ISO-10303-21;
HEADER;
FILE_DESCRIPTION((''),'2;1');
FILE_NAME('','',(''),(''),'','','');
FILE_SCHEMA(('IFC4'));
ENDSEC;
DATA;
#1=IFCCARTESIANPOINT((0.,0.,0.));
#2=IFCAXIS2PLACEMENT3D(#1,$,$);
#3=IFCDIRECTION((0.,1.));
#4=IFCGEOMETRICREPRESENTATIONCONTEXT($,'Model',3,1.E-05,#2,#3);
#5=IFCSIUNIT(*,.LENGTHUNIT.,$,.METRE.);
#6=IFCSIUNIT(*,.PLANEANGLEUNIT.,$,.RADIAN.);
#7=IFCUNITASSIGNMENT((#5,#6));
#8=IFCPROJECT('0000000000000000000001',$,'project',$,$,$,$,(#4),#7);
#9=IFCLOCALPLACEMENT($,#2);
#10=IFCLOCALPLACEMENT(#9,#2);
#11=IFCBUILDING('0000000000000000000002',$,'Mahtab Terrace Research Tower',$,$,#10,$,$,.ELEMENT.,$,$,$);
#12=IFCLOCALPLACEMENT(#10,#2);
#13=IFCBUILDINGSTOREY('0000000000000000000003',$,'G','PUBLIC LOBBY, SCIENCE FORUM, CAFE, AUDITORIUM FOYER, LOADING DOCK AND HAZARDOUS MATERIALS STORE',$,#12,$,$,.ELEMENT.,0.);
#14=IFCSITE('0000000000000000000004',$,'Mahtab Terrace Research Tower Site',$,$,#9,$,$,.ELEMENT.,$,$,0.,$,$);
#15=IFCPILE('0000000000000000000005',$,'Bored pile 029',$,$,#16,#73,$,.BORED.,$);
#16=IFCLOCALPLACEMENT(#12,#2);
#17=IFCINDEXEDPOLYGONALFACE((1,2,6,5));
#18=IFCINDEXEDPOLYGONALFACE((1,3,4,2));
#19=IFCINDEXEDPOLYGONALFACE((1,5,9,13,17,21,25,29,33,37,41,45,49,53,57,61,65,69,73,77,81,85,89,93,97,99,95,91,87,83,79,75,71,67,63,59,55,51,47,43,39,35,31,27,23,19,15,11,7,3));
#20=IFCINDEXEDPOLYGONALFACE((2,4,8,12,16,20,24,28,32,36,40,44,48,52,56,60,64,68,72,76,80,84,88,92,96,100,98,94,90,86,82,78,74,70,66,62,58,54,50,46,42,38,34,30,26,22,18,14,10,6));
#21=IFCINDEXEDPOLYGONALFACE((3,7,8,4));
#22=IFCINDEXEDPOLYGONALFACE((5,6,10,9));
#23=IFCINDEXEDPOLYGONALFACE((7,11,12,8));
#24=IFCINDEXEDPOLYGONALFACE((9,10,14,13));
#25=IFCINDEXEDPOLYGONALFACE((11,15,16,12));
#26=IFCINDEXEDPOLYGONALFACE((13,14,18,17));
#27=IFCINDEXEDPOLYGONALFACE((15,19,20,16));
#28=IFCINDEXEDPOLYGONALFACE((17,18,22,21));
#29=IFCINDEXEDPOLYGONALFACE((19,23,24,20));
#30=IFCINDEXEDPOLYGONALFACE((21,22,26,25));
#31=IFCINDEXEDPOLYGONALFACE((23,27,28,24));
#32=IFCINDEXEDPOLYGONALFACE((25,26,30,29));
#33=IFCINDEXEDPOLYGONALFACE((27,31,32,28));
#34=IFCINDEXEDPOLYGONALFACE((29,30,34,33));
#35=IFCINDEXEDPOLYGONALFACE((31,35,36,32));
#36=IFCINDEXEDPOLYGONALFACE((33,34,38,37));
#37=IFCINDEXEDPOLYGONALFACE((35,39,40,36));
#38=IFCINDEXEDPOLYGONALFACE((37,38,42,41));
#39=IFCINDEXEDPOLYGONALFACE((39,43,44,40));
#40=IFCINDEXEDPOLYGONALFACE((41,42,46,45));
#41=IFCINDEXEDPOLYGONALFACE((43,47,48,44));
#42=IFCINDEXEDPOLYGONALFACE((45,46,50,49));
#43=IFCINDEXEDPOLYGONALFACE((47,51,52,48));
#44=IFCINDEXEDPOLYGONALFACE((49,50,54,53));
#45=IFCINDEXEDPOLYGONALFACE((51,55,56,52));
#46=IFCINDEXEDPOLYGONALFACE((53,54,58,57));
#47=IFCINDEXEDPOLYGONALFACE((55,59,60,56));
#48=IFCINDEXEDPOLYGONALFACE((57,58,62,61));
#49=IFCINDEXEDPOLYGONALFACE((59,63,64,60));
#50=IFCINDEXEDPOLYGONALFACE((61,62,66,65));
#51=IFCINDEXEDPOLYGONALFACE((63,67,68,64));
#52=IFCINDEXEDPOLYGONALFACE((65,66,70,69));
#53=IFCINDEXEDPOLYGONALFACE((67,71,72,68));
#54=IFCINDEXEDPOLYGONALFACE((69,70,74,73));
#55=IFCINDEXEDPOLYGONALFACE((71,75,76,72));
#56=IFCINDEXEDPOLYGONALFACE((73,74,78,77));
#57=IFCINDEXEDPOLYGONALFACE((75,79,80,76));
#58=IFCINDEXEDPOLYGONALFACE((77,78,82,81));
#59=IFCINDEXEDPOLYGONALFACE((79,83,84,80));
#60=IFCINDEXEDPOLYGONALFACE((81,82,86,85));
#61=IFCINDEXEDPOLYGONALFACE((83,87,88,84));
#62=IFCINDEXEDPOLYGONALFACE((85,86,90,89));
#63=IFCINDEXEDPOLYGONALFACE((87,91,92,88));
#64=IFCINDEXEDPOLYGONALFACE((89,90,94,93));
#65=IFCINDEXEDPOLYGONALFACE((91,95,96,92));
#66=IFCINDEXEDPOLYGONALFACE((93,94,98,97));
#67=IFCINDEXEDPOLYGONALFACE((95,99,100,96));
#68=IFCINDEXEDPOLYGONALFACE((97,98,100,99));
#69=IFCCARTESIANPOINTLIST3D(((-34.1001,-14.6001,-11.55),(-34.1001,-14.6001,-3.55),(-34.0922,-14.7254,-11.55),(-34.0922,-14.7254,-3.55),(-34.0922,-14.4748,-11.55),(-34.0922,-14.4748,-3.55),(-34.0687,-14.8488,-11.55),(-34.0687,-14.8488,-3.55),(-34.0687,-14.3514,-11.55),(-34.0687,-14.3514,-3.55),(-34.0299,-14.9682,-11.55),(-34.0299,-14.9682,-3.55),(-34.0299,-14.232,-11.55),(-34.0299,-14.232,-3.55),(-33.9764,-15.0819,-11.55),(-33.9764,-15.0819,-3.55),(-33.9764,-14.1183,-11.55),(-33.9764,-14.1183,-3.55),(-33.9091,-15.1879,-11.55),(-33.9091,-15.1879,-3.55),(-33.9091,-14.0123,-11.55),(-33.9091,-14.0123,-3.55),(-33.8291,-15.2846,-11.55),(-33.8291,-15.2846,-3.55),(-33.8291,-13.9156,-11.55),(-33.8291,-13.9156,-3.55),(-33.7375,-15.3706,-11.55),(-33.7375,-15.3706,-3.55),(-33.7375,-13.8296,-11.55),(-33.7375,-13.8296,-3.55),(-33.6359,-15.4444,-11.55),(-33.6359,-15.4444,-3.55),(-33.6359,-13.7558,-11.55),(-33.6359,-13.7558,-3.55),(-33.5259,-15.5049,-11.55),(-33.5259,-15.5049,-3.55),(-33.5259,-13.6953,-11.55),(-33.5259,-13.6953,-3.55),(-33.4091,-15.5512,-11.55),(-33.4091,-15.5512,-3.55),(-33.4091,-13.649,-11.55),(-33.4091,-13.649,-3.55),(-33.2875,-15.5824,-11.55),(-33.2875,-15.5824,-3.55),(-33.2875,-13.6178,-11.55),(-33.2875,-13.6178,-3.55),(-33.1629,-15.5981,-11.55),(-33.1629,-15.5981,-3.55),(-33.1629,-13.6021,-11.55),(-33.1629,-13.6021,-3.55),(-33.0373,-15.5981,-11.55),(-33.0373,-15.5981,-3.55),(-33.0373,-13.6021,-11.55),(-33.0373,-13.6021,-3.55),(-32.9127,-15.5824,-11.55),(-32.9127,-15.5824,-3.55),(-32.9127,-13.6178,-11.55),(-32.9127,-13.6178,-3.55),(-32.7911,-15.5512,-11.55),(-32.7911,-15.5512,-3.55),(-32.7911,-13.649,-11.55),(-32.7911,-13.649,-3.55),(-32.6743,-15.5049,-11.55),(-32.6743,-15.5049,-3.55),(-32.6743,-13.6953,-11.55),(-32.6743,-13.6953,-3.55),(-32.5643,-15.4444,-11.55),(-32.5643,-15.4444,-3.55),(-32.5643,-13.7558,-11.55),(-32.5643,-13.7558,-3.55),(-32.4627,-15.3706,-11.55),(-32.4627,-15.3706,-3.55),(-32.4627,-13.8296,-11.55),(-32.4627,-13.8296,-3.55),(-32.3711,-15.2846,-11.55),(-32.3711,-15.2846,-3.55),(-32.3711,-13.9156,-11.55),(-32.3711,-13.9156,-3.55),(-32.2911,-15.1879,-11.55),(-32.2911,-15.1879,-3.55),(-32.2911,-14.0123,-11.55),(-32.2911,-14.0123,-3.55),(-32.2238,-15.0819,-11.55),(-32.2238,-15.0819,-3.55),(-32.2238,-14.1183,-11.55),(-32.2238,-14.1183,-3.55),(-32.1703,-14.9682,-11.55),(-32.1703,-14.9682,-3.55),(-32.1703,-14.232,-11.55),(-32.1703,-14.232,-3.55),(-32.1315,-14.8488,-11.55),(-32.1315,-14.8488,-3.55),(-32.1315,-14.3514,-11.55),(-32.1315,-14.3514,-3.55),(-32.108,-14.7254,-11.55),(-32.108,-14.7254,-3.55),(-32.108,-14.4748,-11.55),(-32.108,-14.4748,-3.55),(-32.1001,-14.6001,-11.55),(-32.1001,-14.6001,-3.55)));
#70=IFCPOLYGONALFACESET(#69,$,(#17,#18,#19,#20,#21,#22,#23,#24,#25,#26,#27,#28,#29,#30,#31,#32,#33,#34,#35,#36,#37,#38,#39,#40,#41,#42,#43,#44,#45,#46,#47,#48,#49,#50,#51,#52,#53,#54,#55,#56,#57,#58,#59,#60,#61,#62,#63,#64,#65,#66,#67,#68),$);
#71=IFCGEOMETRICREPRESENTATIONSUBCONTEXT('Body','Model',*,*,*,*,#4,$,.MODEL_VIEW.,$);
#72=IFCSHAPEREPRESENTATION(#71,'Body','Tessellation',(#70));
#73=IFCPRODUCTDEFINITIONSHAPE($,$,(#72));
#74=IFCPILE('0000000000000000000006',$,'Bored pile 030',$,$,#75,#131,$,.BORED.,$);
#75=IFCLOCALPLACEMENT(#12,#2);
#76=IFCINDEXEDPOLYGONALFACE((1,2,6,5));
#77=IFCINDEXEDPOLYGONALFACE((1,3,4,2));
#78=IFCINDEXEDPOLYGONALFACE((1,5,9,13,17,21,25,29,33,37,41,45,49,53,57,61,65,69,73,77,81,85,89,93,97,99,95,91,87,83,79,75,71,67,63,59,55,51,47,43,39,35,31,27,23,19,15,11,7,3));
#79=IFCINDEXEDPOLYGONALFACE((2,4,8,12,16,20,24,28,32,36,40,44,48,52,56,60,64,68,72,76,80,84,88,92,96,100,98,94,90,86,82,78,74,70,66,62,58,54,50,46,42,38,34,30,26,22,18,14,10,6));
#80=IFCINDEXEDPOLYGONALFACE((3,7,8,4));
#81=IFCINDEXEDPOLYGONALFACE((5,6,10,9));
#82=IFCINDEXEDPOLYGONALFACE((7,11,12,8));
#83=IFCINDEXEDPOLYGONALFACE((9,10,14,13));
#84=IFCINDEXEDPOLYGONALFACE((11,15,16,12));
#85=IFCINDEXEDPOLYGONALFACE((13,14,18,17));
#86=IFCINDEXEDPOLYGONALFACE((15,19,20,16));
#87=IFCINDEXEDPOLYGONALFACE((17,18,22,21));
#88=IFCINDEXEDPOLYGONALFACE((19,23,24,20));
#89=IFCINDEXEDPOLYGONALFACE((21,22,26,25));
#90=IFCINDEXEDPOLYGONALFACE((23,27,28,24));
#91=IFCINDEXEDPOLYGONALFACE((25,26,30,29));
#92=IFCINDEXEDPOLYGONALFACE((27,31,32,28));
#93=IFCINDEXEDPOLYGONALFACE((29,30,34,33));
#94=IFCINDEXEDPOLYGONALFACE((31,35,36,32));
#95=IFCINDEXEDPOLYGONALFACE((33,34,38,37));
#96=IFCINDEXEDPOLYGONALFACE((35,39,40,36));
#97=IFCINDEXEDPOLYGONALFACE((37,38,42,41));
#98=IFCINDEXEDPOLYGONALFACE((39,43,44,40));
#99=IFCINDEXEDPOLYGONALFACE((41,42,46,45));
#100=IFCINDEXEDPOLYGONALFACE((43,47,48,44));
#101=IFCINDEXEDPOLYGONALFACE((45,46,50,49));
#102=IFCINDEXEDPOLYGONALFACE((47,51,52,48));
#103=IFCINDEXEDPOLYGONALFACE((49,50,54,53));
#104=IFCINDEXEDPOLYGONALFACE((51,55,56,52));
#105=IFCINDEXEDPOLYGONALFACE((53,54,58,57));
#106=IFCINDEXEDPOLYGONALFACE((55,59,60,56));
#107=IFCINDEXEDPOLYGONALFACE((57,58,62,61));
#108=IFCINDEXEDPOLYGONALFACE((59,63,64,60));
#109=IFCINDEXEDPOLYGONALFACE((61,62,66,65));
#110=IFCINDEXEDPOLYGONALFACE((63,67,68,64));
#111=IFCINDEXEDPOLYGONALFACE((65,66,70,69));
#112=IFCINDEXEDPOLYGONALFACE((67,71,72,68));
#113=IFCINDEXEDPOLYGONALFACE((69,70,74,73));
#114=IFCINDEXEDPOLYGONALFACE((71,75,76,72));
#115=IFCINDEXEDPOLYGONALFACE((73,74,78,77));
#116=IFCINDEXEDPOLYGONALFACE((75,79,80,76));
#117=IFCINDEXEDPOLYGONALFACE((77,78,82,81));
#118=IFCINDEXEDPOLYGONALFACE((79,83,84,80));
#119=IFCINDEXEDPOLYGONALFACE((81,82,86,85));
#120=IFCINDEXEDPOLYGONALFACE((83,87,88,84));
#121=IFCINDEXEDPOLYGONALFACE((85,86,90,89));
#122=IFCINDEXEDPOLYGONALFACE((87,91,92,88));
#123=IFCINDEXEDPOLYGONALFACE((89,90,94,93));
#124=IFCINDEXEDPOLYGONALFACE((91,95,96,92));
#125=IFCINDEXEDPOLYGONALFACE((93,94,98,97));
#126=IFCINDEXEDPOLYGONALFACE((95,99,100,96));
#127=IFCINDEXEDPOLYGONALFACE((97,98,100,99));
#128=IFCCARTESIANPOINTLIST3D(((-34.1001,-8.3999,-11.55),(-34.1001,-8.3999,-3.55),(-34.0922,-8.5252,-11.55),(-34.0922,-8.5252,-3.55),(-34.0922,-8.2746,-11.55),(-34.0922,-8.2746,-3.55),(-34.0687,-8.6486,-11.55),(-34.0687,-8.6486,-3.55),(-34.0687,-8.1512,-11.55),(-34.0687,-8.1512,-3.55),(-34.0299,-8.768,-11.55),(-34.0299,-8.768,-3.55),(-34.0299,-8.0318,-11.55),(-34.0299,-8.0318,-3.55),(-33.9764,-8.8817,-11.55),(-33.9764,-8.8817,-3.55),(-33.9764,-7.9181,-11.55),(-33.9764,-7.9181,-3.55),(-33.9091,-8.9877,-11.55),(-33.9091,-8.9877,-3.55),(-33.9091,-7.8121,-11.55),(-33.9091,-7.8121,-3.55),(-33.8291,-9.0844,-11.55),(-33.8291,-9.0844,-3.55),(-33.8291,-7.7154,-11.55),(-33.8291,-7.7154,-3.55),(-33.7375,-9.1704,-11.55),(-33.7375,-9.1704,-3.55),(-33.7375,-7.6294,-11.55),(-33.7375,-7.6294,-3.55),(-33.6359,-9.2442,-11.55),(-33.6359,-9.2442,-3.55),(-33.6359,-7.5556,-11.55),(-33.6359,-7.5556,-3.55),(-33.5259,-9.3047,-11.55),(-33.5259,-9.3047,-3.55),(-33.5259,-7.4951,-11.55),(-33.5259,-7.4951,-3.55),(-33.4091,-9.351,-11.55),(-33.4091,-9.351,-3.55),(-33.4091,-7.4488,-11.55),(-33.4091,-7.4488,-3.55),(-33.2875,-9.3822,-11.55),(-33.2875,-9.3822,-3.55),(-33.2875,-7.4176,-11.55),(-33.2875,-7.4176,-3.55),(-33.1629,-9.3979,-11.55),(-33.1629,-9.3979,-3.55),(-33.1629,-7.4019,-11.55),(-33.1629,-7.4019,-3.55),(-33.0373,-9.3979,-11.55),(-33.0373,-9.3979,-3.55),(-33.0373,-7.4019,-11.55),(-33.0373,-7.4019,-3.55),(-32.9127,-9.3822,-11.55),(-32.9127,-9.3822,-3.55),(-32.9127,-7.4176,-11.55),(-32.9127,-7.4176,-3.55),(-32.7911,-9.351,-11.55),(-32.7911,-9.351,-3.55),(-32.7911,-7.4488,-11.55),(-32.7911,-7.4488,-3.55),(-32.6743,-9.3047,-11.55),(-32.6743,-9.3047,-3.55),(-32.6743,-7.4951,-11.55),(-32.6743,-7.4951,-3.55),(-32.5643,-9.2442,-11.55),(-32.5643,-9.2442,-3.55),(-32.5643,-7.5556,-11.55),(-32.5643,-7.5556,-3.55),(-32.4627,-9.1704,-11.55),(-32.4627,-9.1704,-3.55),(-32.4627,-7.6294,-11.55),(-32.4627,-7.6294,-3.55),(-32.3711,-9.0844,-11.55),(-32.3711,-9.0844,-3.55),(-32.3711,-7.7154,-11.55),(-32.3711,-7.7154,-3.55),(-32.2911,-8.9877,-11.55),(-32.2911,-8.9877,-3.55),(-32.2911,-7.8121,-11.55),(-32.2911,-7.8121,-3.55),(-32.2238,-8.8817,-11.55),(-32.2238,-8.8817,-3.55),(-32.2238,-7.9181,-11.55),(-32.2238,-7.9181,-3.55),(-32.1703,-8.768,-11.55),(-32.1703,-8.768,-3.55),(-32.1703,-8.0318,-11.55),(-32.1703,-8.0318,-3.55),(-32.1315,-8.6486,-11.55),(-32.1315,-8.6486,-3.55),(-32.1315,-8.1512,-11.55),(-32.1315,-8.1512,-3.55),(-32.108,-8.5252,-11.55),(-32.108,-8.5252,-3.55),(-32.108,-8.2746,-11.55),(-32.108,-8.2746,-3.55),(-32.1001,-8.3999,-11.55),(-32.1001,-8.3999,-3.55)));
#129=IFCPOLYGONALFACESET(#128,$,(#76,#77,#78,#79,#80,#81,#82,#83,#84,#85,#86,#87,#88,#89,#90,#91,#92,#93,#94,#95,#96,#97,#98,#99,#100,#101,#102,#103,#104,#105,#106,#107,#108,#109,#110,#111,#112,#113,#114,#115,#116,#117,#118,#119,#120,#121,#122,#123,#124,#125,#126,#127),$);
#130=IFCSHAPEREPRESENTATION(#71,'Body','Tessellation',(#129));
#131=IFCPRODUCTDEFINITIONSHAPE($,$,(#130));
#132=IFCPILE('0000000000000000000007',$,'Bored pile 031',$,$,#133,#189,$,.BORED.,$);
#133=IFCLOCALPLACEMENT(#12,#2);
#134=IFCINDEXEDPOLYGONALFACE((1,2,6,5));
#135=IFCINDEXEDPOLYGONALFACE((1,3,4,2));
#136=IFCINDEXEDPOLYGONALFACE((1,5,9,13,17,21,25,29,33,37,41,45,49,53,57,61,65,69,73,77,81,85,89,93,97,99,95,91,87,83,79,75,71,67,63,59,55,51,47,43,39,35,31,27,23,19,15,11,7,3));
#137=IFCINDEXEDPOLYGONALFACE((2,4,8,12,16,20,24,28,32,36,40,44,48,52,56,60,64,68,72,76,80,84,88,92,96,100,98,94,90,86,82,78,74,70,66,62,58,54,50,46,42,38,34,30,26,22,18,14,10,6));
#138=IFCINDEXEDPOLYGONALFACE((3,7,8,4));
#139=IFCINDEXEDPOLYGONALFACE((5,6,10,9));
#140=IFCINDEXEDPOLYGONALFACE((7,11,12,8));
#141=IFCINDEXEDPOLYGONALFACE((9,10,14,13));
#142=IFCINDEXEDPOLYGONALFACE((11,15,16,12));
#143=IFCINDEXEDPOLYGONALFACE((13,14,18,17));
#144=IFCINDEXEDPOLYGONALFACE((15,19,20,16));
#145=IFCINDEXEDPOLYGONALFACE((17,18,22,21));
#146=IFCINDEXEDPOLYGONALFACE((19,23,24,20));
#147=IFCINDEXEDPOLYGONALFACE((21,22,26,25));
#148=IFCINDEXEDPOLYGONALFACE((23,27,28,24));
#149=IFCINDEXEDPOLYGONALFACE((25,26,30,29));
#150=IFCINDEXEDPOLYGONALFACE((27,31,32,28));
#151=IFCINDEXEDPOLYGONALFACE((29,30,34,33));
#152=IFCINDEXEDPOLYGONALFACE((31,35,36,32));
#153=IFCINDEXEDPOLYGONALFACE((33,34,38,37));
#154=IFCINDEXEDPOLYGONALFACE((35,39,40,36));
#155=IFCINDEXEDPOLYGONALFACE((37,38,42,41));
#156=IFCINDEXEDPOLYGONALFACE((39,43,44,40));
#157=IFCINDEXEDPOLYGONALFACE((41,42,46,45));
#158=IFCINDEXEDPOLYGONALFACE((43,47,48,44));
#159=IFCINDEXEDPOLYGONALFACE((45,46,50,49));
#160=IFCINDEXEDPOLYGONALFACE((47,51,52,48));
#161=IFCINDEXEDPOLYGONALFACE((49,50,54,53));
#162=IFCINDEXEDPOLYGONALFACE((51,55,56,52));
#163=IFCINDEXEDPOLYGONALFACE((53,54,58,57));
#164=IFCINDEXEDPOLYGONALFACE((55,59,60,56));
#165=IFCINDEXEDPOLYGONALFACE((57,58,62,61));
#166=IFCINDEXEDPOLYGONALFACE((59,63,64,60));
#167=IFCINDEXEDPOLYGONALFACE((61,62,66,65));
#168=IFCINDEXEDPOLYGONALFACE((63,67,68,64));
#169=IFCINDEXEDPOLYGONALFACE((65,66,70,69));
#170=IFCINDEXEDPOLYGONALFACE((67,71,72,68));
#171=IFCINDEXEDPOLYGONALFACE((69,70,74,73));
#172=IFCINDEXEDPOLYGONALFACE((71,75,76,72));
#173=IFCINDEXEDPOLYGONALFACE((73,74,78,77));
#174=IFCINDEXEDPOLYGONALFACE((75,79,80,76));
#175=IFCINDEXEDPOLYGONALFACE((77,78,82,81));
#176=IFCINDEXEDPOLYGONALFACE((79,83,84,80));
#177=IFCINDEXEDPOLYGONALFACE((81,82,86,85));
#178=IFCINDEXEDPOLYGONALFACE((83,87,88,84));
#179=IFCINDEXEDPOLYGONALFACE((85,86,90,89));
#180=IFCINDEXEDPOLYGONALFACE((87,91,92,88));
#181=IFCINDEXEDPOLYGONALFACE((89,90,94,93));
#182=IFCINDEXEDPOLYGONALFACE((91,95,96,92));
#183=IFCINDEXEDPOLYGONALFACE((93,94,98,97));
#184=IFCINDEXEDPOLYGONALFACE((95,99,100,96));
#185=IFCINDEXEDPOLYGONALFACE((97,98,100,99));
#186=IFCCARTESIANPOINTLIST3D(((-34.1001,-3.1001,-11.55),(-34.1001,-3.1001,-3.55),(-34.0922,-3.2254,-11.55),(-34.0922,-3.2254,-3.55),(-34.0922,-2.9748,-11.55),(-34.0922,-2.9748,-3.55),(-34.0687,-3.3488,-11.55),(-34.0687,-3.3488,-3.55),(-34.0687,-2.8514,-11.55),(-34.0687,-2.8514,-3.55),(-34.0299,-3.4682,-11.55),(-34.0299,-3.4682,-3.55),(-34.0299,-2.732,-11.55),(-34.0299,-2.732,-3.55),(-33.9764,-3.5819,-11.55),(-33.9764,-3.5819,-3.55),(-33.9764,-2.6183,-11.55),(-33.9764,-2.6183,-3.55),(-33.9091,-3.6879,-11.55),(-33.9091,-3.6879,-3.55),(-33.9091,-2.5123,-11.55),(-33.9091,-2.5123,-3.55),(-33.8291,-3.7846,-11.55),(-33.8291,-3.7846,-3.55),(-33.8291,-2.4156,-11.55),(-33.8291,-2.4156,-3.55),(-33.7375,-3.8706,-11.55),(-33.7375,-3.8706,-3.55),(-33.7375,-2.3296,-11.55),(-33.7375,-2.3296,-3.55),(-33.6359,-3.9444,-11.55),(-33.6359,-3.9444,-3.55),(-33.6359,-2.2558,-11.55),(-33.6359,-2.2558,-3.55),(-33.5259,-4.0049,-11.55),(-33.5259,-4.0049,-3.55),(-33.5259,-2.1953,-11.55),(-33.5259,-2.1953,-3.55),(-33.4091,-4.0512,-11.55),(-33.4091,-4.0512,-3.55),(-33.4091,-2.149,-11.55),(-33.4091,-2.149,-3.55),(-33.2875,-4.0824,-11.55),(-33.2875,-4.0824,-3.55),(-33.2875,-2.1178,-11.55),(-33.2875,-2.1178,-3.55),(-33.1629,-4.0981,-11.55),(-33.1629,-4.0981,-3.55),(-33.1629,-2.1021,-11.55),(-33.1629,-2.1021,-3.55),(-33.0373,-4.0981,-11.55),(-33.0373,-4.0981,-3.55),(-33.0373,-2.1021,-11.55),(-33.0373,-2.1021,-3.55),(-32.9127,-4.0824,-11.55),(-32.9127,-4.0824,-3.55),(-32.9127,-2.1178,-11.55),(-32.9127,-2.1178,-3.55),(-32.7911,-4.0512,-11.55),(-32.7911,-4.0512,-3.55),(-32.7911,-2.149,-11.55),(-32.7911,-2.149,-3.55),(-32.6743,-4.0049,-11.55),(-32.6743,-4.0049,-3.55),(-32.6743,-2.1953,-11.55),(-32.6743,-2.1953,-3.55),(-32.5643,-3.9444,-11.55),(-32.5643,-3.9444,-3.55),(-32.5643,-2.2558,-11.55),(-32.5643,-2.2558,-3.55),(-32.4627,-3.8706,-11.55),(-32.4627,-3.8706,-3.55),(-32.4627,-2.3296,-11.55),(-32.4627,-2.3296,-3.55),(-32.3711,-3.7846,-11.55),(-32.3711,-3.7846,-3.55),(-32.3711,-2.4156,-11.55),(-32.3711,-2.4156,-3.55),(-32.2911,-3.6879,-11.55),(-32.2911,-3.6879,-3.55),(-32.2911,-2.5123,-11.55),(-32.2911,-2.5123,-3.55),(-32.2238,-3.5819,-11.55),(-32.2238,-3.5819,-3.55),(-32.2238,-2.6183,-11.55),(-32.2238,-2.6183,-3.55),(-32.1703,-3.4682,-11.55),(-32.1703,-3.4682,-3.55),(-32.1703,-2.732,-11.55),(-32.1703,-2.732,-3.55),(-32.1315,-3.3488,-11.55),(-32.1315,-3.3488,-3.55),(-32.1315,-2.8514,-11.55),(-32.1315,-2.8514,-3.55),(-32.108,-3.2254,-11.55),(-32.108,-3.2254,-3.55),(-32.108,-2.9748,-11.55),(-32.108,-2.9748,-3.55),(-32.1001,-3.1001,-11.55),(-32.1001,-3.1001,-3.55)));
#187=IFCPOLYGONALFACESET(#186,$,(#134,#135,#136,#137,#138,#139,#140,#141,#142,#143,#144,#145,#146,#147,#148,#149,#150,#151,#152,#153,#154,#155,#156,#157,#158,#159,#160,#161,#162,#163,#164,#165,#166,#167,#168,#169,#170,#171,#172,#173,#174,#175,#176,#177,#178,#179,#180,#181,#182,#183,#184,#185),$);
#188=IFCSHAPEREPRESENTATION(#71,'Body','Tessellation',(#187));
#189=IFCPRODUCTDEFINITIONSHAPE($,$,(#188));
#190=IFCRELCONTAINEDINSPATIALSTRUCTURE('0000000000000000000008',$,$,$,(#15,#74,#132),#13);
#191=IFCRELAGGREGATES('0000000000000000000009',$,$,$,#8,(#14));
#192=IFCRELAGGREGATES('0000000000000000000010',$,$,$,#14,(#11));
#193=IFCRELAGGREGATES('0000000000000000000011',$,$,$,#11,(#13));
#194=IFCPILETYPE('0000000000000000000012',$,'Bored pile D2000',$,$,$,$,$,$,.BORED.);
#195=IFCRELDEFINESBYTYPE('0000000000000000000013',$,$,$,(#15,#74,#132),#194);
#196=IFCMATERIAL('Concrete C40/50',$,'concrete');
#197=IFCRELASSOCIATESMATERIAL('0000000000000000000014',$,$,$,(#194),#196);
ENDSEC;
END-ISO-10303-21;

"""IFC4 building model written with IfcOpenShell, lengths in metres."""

from ifc_helpers import new_model, si_unit, direction, frame, origin, origin_2d, place, context, subcontext, project, spatial, circle, extrude, material, material_profile, profile_set, type_object, element, save


model = new_model("IFC4")

# Units and contexts
model_context = context("Model", 3, precision=1e-05, world=origin(), true_north=direction((0.0, 1.0)))
body_context = subcontext(model_context, "Body", "Model", "MODEL_VIEW")
ifc_project = project(units=[si_unit("LENGTHUNIT", "METRE"), si_unit("PLANEANGLEUNIT", "RADIAN")], contexts=[model_context])

# Site, building, storey
site_placement = place(None, origin())
site = spatial("IfcSite", under=ifc_project, at=site_placement, Name="Mahtab Terrace Research Tower Site", CompositionType="ELEMENT", RefElevation=0.0)
building_placement = place(site_placement, origin())
building = spatial("IfcBuilding", under=site, at=building_placement, Name="Mahtab Terrace Research Tower", CompositionType="ELEMENT")
storey_placement = place(building_placement, origin())
storey = spatial("IfcBuildingStorey", under=building, at=storey_placement, Name="G", Description="PUBLIC LOBBY, SCIENCE FORUM, CAFE, AUDITORIUM FOYER, LOADING DOCK AND HAZARDOUS MATERIALS STORE", CompositionType="ELEMENT", Elevation=0.0)

# Piles
ifc_material_1 = material(Name="Concrete C40/50", Category="concrete")
ifc_material_profile_1 = material_profile(ifc_material_1, circle(Radius=1.0, at=origin_2d()), Name="Bored pile D2000")
ifc_profile_set_1 = profile_set([ifc_material_profile_1], Name="Concrete C40/50")
pile_type = type_object("IfcPileType", Name="Bored pile D2000", PredefinedType="BORED", material=ifc_profile_set_1)
for number, where, z_axis, x_axis, name in (
    (1, (-33.1001, -14.6001, -3.55), (0.0, 0.0, -1.0), (1.0, 0.0, 0.0), "Bored pile 029"),
    (2, (-33.1001, -8.3999, -3.55), (0.0, 0.0, -1.0), (1.0, 0.0, 0.0), "Bored pile 030"),
    (3, (-33.1001, -3.1001, -3.55), (0.0, 0.0, -1.0), (1.0, 0.0, 0.0), "Bored pile 031"),
):
    element("IfcPile", number, at=place(storey_placement, frame(where, z_axis=z_axis, x_axis=x_axis)), inside=storey, type_object=pile_type, Name=name, PredefinedType="BORED", context=body_context, shape_type="SweptSolid", body=[
        extrude(circle(Radius=1.0, at=origin_2d()), origin(), (0.0, 0.0, 1.0), 8.0),
    ])

save(model, "model.ifc")
